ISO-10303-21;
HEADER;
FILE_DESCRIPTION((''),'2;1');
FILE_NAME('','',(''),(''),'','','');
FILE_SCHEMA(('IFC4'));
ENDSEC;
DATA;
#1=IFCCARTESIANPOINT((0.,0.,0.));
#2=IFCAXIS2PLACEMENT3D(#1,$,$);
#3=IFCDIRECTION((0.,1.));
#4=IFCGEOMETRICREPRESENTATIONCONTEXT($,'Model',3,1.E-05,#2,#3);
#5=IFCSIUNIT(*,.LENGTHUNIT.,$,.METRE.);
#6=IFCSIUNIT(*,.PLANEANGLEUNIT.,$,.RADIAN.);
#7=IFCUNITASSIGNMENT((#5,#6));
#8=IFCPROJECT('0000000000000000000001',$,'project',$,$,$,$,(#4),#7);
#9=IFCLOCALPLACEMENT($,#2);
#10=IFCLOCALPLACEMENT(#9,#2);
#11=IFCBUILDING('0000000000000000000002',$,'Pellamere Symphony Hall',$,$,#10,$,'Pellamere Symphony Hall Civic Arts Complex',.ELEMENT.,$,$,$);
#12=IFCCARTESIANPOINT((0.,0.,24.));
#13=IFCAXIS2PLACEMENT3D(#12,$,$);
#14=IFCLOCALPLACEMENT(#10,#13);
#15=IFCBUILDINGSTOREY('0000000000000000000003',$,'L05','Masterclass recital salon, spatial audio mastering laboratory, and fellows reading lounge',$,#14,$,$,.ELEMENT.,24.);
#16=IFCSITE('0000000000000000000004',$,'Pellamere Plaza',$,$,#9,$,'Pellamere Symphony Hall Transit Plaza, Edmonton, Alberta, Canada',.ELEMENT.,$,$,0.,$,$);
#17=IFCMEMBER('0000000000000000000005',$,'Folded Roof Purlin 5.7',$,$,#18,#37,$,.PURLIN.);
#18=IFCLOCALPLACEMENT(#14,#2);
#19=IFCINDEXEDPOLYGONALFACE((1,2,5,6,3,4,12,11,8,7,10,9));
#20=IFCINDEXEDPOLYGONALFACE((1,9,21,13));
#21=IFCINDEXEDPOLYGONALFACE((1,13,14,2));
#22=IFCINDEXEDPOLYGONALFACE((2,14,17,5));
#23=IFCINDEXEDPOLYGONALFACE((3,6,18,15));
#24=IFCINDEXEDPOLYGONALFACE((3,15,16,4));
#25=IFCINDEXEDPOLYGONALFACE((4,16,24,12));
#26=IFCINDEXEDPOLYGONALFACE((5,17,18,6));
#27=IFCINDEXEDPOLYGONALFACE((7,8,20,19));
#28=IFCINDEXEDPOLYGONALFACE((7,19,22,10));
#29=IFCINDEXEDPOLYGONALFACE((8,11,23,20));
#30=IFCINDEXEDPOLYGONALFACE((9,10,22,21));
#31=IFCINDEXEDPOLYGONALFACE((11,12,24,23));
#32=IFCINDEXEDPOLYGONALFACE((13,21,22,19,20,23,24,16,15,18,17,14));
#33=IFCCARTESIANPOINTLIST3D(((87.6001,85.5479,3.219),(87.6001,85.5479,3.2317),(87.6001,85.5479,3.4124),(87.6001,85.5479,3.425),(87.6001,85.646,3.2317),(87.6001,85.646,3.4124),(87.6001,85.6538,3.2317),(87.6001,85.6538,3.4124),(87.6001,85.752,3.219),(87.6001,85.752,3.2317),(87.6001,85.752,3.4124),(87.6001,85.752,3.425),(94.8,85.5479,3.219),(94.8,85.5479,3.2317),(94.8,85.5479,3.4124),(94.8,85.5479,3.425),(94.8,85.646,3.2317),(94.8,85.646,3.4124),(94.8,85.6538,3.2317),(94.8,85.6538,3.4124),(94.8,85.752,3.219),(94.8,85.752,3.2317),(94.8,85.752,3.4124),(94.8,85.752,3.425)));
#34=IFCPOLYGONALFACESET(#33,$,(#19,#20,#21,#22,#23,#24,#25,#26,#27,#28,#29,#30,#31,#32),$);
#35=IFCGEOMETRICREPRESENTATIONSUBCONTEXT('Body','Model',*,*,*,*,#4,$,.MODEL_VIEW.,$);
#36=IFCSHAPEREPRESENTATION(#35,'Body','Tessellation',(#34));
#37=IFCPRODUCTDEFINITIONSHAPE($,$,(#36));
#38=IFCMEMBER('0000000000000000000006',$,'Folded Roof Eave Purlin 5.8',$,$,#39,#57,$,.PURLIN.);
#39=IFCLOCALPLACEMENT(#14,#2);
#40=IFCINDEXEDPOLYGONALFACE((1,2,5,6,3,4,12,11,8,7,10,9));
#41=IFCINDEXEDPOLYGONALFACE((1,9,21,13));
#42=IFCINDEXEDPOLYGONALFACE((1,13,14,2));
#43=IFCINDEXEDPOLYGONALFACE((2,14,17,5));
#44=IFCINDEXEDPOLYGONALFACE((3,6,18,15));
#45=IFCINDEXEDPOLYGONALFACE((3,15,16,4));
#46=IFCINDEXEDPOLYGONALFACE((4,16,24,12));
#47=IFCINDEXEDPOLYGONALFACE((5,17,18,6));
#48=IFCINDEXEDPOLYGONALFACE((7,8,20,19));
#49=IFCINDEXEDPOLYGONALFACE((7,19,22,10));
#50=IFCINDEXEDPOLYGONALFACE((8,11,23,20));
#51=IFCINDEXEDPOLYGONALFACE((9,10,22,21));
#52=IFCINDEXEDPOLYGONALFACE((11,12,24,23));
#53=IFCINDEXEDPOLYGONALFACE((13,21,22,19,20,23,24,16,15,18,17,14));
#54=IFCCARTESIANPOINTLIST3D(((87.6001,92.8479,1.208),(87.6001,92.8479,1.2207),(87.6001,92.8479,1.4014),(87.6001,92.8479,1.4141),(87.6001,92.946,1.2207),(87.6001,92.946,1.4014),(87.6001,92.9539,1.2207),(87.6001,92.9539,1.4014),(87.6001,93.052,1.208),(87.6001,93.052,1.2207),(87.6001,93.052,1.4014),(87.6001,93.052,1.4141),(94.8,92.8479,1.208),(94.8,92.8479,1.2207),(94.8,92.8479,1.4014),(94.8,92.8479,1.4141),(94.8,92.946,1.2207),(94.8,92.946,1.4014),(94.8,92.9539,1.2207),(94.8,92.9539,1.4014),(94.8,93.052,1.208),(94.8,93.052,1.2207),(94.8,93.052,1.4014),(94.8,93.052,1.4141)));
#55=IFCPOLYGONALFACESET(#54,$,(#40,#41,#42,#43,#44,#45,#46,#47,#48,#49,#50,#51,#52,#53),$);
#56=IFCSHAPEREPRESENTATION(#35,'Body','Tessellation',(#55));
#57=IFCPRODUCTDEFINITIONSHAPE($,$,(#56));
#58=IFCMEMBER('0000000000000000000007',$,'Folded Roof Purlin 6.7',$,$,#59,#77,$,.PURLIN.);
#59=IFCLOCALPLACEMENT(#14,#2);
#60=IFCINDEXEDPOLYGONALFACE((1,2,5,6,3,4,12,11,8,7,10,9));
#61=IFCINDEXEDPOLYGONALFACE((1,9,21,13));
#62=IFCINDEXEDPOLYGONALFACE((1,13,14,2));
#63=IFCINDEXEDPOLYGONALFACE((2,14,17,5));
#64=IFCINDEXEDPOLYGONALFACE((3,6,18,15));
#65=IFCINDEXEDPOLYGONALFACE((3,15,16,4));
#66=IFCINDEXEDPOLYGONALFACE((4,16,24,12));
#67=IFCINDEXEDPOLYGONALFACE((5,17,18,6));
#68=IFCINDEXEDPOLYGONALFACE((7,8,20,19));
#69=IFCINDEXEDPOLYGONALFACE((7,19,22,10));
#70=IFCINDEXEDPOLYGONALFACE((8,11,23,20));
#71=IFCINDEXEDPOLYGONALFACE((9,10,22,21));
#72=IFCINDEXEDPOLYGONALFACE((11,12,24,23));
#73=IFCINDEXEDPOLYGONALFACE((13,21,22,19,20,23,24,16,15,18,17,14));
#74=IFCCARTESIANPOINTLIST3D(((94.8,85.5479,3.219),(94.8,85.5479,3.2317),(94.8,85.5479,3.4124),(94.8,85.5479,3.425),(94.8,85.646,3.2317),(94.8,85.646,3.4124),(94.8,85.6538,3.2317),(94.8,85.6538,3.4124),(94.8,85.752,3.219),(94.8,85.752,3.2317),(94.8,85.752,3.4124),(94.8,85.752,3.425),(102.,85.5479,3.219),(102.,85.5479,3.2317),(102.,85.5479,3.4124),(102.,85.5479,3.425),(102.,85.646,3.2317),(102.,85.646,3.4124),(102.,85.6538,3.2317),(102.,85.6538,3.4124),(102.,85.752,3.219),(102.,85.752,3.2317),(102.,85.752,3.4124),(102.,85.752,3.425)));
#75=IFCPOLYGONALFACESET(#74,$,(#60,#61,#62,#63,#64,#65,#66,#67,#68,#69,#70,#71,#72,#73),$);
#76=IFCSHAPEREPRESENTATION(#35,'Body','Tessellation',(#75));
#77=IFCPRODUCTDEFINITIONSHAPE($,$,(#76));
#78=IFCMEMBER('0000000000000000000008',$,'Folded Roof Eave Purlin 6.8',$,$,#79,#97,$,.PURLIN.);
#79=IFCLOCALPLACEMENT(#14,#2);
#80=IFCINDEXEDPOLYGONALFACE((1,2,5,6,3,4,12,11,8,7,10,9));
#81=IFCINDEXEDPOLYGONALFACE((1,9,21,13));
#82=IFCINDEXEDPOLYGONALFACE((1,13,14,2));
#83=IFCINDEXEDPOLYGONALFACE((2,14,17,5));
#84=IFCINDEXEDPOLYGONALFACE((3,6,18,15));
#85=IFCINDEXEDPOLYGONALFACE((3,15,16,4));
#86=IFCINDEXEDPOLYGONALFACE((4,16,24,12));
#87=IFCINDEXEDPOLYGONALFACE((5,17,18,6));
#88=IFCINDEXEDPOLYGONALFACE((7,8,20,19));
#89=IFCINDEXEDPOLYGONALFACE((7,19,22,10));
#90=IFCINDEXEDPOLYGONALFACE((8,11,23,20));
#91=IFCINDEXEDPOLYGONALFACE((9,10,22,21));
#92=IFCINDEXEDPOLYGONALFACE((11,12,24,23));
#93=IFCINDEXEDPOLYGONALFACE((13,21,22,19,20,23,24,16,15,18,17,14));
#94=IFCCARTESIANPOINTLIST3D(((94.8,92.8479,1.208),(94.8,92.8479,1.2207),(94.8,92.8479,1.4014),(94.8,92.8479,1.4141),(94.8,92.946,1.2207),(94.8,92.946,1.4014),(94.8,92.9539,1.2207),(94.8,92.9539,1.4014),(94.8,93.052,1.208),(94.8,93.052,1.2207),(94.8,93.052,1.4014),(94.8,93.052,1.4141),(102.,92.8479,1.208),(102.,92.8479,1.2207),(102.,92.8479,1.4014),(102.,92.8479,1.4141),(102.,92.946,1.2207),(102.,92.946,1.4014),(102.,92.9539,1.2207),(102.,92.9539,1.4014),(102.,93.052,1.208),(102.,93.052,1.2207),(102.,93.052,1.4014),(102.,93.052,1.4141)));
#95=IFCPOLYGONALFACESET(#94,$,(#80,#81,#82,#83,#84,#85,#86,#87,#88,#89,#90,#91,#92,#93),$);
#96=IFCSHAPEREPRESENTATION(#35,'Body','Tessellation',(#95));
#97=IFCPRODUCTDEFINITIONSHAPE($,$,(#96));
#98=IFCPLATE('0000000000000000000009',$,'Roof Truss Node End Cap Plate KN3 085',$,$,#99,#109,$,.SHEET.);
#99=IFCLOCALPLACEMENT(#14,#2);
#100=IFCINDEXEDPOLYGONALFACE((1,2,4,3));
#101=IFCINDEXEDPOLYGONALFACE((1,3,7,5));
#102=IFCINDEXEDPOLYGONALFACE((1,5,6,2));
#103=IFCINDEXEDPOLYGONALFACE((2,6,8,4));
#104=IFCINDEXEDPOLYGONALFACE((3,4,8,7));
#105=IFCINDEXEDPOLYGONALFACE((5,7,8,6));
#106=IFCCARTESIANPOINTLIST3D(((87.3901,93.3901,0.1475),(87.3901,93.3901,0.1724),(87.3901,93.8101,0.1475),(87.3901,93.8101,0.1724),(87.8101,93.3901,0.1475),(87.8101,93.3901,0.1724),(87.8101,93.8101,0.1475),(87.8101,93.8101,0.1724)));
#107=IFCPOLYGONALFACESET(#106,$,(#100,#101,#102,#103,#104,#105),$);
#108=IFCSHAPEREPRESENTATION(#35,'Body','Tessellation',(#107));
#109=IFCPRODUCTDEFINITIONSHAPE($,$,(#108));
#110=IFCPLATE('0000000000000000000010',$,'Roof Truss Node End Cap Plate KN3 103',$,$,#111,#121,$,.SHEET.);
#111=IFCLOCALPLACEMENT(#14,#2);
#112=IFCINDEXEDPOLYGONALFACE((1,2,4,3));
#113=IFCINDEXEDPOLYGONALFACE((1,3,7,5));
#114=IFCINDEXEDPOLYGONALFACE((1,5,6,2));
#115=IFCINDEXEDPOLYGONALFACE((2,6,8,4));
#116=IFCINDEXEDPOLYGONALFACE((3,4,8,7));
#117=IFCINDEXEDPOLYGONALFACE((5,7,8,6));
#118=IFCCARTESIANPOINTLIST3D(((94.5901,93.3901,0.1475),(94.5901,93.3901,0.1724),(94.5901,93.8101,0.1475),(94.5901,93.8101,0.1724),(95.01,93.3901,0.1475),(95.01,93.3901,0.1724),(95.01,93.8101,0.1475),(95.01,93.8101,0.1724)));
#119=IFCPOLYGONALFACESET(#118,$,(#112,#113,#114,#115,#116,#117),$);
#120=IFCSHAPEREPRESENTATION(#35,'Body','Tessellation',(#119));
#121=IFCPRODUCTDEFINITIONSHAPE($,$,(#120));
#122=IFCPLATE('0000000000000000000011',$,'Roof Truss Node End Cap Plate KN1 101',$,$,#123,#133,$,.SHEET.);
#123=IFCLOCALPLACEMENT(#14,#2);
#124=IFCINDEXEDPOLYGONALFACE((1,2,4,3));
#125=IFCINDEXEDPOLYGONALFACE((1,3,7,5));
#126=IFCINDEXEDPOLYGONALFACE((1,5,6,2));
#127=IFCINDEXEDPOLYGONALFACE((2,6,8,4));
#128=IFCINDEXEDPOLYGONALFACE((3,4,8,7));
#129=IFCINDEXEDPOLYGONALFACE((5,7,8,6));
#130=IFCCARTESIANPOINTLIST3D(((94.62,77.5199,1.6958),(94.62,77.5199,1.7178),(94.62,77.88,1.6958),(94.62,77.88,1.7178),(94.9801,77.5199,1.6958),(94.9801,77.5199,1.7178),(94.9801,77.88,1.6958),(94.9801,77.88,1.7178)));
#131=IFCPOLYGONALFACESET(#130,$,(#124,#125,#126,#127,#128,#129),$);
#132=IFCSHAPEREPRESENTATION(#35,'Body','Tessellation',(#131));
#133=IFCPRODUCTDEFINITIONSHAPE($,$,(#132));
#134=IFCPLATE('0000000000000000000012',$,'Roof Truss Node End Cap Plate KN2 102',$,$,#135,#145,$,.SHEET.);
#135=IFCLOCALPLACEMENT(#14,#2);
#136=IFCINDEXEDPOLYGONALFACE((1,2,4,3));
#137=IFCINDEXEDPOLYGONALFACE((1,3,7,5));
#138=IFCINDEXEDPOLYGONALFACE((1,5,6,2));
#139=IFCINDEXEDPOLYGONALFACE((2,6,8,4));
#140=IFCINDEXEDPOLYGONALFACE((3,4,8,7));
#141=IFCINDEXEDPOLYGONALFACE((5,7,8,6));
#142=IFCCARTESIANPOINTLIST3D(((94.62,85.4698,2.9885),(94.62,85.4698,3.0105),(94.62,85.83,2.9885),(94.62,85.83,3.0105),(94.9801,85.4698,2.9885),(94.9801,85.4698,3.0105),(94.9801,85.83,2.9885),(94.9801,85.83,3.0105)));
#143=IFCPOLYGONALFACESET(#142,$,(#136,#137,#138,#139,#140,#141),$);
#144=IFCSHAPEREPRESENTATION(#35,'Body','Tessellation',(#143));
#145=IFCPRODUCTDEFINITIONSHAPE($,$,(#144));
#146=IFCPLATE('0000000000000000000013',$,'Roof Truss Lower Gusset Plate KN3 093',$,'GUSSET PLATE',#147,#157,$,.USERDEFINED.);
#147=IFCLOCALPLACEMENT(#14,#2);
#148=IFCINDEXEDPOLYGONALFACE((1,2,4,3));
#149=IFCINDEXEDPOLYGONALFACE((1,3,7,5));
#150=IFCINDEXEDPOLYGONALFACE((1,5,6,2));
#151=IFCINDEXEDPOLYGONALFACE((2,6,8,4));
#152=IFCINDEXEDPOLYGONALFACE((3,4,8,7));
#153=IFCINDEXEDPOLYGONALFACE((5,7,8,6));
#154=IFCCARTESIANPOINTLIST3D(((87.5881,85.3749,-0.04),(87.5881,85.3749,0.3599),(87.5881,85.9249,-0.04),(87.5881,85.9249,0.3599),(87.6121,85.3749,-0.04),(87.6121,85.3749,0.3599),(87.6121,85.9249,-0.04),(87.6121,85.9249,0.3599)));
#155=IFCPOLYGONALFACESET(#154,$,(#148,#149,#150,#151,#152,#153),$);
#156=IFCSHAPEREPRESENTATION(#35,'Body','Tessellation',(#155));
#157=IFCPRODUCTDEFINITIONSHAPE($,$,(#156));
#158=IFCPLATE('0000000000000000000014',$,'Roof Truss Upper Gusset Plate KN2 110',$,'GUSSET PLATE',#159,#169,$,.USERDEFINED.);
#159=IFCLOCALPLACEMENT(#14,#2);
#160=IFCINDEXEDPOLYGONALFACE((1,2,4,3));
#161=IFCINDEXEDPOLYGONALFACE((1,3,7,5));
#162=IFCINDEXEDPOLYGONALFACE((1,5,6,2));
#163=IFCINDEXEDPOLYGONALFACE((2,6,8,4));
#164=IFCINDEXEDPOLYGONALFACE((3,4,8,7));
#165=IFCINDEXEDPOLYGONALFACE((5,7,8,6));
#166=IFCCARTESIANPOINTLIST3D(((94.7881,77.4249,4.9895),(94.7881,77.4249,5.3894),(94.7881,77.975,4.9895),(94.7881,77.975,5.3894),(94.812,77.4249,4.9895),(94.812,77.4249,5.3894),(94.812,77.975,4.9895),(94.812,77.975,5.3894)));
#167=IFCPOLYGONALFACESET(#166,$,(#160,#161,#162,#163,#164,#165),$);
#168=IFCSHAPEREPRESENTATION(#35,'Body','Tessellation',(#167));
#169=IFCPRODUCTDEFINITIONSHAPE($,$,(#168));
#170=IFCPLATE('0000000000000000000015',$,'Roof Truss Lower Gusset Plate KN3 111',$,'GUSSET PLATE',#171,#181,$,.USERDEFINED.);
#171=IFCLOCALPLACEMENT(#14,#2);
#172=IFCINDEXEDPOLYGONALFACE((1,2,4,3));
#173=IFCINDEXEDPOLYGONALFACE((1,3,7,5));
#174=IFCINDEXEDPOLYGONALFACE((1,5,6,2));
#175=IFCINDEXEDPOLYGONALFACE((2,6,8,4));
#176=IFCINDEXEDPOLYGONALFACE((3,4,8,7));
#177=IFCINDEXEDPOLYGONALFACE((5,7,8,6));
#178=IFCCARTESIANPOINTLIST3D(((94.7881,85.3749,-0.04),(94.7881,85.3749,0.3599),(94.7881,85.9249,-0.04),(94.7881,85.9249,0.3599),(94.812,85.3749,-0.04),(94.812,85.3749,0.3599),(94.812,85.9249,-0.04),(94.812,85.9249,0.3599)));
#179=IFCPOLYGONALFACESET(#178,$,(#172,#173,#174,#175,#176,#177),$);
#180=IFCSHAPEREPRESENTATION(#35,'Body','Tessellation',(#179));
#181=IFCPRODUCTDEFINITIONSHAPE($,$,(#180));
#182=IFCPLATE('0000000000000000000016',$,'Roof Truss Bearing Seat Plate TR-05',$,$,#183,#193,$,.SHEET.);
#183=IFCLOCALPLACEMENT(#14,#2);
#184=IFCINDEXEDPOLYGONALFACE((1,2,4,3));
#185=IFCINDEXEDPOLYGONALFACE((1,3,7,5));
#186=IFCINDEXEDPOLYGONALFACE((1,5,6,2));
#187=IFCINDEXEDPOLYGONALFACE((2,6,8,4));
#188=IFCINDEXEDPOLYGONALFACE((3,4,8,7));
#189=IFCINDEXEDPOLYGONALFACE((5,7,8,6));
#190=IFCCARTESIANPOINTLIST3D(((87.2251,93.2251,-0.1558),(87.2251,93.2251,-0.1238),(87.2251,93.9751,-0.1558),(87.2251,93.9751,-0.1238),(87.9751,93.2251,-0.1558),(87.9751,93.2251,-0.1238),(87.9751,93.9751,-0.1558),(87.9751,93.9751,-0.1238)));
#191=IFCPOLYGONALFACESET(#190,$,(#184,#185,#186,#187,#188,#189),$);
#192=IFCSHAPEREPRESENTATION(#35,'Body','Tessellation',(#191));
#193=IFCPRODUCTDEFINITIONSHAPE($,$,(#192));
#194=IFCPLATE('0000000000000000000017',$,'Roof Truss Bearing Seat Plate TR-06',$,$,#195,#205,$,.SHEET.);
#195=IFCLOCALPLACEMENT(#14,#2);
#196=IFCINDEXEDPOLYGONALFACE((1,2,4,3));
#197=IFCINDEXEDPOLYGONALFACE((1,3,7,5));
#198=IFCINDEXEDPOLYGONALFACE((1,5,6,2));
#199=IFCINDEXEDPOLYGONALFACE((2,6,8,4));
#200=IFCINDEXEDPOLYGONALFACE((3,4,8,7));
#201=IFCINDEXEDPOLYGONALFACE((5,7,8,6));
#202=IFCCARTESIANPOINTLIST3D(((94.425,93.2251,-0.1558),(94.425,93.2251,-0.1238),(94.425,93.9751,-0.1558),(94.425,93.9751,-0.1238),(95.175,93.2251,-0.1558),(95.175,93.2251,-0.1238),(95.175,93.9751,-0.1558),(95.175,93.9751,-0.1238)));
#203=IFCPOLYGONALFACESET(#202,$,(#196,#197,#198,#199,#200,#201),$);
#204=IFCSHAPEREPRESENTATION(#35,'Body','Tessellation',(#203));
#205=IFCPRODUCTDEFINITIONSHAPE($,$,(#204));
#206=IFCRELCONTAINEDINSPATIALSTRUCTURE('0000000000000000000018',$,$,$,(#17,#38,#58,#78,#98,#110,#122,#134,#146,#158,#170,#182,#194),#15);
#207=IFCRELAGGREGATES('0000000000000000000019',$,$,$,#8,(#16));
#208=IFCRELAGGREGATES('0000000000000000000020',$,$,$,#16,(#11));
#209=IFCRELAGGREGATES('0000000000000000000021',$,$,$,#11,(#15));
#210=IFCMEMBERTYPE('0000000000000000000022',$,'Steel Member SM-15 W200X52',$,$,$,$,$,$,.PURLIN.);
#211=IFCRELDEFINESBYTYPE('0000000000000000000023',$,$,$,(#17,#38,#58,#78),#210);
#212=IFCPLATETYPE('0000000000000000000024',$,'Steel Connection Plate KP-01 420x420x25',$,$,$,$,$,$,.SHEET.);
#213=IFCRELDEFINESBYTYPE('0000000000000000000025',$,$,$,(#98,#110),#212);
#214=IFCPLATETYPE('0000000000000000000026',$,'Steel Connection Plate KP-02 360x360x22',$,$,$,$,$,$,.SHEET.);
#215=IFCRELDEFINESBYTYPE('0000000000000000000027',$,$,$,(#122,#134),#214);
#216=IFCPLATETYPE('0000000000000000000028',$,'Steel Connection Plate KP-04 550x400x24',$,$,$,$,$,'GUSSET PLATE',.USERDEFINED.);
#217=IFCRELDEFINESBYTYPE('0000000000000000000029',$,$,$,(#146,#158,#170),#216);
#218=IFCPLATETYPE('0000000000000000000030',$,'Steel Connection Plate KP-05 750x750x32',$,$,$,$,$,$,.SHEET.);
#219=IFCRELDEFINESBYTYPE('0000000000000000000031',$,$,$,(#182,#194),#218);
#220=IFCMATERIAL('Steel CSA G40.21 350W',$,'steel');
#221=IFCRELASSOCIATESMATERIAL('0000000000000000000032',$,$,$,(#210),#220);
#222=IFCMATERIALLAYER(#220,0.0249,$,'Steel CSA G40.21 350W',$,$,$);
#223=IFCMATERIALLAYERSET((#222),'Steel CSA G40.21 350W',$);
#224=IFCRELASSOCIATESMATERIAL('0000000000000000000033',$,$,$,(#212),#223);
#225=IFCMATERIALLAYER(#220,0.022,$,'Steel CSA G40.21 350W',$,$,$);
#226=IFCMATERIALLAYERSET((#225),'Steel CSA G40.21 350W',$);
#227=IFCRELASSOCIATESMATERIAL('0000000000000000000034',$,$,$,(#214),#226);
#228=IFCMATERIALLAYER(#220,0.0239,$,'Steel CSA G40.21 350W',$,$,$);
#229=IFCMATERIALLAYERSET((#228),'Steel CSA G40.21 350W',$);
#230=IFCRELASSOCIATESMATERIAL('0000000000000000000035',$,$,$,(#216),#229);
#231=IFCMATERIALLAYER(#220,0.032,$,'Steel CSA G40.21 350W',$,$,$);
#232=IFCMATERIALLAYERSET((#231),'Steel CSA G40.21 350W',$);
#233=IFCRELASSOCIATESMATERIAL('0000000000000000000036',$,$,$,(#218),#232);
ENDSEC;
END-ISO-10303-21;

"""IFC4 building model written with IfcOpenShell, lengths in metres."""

from ifc_helpers import new_model, si_unit, direction, frame, origin, origin_2d, place, context, subcontext, project, spatial, rectangle, i_section, extrude, material, layer, layer_set, material_profile, profile_set, type_object, element, save


model = new_model("IFC4")

# Units and contexts
model_context = context("Model", 3, precision=1e-05, world=origin(), true_north=direction((0.0, 1.0)))
body_context = subcontext(model_context, "Body", "Model", "MODEL_VIEW")
ifc_project = project(units=[si_unit("LENGTHUNIT", "METRE"), si_unit("PLANEANGLEUNIT", "RADIAN")], contexts=[model_context])

# Site, building, storey
site_placement = place(None, origin())
site = spatial("IfcSite", under=ifc_project, at=site_placement, Name="Pellamere Plaza", LongName="Pellamere Symphony Hall Transit Plaza, Edmonton, Alberta, Canada", CompositionType="ELEMENT", RefElevation=0.0)
building_placement = place(site_placement, origin())
building = spatial("IfcBuilding", under=site, at=building_placement, Name="Pellamere Symphony Hall", LongName="Pellamere Symphony Hall Civic Arts Complex", CompositionType="ELEMENT")
storey_placement = place(building_placement, frame((0.0, 0.0, 24.0)))
storey = spatial("IfcBuildingStorey", under=building, at=storey_placement, Name="L05", Description="Masterclass recital salon, spatial audio mastering laboratory, and fellows reading lounge", CompositionType="ELEMENT", Elevation=24.0)

# Shared definitions
ifc_material_1 = material(Name="Steel CSA G40.21 350W", Category="steel")

# Members
ifc_material_profile_1 = material_profile(ifc_material_1, i_section(OverallWidth=0.2041, OverallDepth=0.2061, WebThickness=0.0078, FlangeThickness=0.0127, at=origin_2d()), Name="W200X52")
ifc_profile_set_1 = profile_set([ifc_material_profile_1], Name="Steel CSA G40.21 350W")
member_type_1 = type_object("IfcMemberType", Name="Steel Member SM-15 W200X52", PredefinedType="PURLIN", material=ifc_profile_set_1)
for number, where, z_axis, x_axis, name in (
    (1, (87.6001, 85.6499, 3.322), (1.0, 0.0, 0.0), (0.0, 1.0, 0.0), "Folded Roof Purlin 5.7"),
    (2, (87.6001, 92.95, 1.311), (1.0, 0.0, 0.0), (0.0, 1.0, 0.0), "Folded Roof Eave Purlin 5.8"),
    (3, (94.8, 85.6499, 3.322), (1.0, 0.0, 0.0), (0.0, 1.0, 0.0), "Folded Roof Purlin 6.7"),
    (4, (94.8, 92.95, 1.311), (1.0, 0.0, 0.0), (0.0, 1.0, 0.0), "Folded Roof Eave Purlin 6.8"),
):
    element("IfcMember", number, at=place(storey_placement, frame(where, z_axis=z_axis, x_axis=x_axis)), inside=storey, type_object=member_type_1, Name=name, PredefinedType="PURLIN", context=body_context, shape_type="SweptSolid", body=[
        extrude(i_section(OverallWidth=0.2041, OverallDepth=0.2061, WebThickness=0.0078, FlangeThickness=0.0127, at=origin_2d()), origin(), (0.0, 0.0, 1.0), 7.2),
    ])

# Plates
ifc_layer_1 = layer(ifc_material_1, 0.0249, Name="Steel CSA G40.21 350W")
ifc_layer_set_1 = layer_set([ifc_layer_1], Name="Steel CSA G40.21 350W")
plate_type_1 = type_object("IfcPlateType", Name="Steel Connection Plate KP-01 420x420x25", PredefinedType="SHEET", material=ifc_layer_set_1)
for number, where, z_axis, x_axis, name in (
    (5, (87.6001, 93.6001, 0.1475), (0.0, 0.0, 1.0), (1.0, 0.0, 0.0), "Roof Truss Node End Cap Plate KN3 085"),
    (6, (94.8, 93.6001, 0.1475), (0.0, 0.0, 1.0), (1.0, 0.0, 0.0), "Roof Truss Node End Cap Plate KN3 103"),
):
    element("IfcPlate", number, at=place(storey_placement, frame(where, z_axis=z_axis, x_axis=x_axis)), inside=storey, type_object=plate_type_1, Name=name, PredefinedType="SHEET", context=body_context, shape_type="SweptSolid", body=[
        extrude(rectangle(XDim=0.4199, YDim=0.4199, at=origin_2d()), origin(), (0.0, 0.0, 1.0), 0.0249),
    ])
ifc_layer_2 = layer(ifc_material_1, 0.022, Name="Steel CSA G40.21 350W")
ifc_layer_set_2 = layer_set([ifc_layer_2], Name="Steel CSA G40.21 350W")
plate_type_2 = type_object("IfcPlateType", Name="Steel Connection Plate KP-02 360x360x22", PredefinedType="SHEET", material=ifc_layer_set_2)
for number, where, z_axis, x_axis, name in (
    (7, (94.8, 77.7, 1.6958), (0.0, 0.0, 1.0), (1.0, 0.0, 0.0), "Roof Truss Node End Cap Plate KN1 101"),
    (8, (94.8, 85.6499, 2.9885), (0.0, 0.0, 1.0), (1.0, 0.0, 0.0), "Roof Truss Node End Cap Plate KN2 102"),
):
    element("IfcPlate", number, at=place(storey_placement, frame(where, z_axis=z_axis, x_axis=x_axis)), inside=storey, type_object=plate_type_2, Name=name, PredefinedType="SHEET", context=body_context, shape_type="SweptSolid", body=[
        extrude(rectangle(XDim=0.3601, YDim=0.3601, at=origin_2d()), origin(), (0.0, 0.0, 1.0), 0.022),
    ])
ifc_layer_3 = layer(ifc_material_1, 0.0239, Name="Steel CSA G40.21 350W")
ifc_layer_set_3 = layer_set([ifc_layer_3], Name="Steel CSA G40.21 350W")
plate_type_3 = type_object("IfcPlateType", Name="Steel Connection Plate KP-04 550x400x24", ElementType="GUSSET PLATE", PredefinedType="USERDEFINED", material=ifc_layer_set_3)
for number, where, z_axis, x_axis, name in (
    (9, (87.6001, 85.6499, -0.04), (0.0, 0.0, 1.0), (1.0, 0.0, 0.0), "Roof Truss Lower Gusset Plate KN3 093"),
    (10, (94.8, 77.7, 4.9895), (0.0, 0.0, 1.0), (1.0, 0.0, 0.0), "Roof Truss Upper Gusset Plate KN2 110"),
    (11, (94.8, 85.6499, -0.04), (0.0, 0.0, 1.0), (1.0, 0.0, 0.0), "Roof Truss Lower Gusset Plate KN3 111"),
):
    element("IfcPlate", number, at=place(storey_placement, frame(where, z_axis=z_axis, x_axis=x_axis)), inside=storey, type_object=plate_type_3, Name=name, ObjectType="GUSSET PLATE", PredefinedType="USERDEFINED", context=body_context, shape_type="SweptSolid", body=[
        extrude(rectangle(XDim=0.0239, YDim=0.55, at=origin_2d()), origin(), (0.0, 0.0, 1.0), 0.3999),
    ])
ifc_layer_4 = layer(ifc_material_1, 0.032, Name="Steel CSA G40.21 350W")
ifc_layer_set_4 = layer_set([ifc_layer_4], Name="Steel CSA G40.21 350W")
plate_type_4 = type_object("IfcPlateType", Name="Steel Connection Plate KP-05 750x750x32", PredefinedType="SHEET", material=ifc_layer_set_4)
for number, where, z_axis, x_axis, name in (
    (12, (87.6001, 93.6001, -0.1558), (0.0, 0.0, 1.0), (1.0, 0.0, 0.0), "Roof Truss Bearing Seat Plate TR-05"),
    (13, (94.8, 93.6001, -0.1558), (0.0, 0.0, 1.0), (1.0, 0.0, 0.0), "Roof Truss Bearing Seat Plate TR-06"),
):
    element("IfcPlate", number, at=place(storey_placement, frame(where, z_axis=z_axis, x_axis=x_axis)), inside=storey, type_object=plate_type_4, Name=name, PredefinedType="SHEET", context=body_context, shape_type="SweptSolid", body=[
        extrude(rectangle(XDim=0.75, YDim=0.75, at=origin_2d()), origin(), (0.0, 0.0, 1.0), 0.032),
    ])

save(model, "model.ifc")
